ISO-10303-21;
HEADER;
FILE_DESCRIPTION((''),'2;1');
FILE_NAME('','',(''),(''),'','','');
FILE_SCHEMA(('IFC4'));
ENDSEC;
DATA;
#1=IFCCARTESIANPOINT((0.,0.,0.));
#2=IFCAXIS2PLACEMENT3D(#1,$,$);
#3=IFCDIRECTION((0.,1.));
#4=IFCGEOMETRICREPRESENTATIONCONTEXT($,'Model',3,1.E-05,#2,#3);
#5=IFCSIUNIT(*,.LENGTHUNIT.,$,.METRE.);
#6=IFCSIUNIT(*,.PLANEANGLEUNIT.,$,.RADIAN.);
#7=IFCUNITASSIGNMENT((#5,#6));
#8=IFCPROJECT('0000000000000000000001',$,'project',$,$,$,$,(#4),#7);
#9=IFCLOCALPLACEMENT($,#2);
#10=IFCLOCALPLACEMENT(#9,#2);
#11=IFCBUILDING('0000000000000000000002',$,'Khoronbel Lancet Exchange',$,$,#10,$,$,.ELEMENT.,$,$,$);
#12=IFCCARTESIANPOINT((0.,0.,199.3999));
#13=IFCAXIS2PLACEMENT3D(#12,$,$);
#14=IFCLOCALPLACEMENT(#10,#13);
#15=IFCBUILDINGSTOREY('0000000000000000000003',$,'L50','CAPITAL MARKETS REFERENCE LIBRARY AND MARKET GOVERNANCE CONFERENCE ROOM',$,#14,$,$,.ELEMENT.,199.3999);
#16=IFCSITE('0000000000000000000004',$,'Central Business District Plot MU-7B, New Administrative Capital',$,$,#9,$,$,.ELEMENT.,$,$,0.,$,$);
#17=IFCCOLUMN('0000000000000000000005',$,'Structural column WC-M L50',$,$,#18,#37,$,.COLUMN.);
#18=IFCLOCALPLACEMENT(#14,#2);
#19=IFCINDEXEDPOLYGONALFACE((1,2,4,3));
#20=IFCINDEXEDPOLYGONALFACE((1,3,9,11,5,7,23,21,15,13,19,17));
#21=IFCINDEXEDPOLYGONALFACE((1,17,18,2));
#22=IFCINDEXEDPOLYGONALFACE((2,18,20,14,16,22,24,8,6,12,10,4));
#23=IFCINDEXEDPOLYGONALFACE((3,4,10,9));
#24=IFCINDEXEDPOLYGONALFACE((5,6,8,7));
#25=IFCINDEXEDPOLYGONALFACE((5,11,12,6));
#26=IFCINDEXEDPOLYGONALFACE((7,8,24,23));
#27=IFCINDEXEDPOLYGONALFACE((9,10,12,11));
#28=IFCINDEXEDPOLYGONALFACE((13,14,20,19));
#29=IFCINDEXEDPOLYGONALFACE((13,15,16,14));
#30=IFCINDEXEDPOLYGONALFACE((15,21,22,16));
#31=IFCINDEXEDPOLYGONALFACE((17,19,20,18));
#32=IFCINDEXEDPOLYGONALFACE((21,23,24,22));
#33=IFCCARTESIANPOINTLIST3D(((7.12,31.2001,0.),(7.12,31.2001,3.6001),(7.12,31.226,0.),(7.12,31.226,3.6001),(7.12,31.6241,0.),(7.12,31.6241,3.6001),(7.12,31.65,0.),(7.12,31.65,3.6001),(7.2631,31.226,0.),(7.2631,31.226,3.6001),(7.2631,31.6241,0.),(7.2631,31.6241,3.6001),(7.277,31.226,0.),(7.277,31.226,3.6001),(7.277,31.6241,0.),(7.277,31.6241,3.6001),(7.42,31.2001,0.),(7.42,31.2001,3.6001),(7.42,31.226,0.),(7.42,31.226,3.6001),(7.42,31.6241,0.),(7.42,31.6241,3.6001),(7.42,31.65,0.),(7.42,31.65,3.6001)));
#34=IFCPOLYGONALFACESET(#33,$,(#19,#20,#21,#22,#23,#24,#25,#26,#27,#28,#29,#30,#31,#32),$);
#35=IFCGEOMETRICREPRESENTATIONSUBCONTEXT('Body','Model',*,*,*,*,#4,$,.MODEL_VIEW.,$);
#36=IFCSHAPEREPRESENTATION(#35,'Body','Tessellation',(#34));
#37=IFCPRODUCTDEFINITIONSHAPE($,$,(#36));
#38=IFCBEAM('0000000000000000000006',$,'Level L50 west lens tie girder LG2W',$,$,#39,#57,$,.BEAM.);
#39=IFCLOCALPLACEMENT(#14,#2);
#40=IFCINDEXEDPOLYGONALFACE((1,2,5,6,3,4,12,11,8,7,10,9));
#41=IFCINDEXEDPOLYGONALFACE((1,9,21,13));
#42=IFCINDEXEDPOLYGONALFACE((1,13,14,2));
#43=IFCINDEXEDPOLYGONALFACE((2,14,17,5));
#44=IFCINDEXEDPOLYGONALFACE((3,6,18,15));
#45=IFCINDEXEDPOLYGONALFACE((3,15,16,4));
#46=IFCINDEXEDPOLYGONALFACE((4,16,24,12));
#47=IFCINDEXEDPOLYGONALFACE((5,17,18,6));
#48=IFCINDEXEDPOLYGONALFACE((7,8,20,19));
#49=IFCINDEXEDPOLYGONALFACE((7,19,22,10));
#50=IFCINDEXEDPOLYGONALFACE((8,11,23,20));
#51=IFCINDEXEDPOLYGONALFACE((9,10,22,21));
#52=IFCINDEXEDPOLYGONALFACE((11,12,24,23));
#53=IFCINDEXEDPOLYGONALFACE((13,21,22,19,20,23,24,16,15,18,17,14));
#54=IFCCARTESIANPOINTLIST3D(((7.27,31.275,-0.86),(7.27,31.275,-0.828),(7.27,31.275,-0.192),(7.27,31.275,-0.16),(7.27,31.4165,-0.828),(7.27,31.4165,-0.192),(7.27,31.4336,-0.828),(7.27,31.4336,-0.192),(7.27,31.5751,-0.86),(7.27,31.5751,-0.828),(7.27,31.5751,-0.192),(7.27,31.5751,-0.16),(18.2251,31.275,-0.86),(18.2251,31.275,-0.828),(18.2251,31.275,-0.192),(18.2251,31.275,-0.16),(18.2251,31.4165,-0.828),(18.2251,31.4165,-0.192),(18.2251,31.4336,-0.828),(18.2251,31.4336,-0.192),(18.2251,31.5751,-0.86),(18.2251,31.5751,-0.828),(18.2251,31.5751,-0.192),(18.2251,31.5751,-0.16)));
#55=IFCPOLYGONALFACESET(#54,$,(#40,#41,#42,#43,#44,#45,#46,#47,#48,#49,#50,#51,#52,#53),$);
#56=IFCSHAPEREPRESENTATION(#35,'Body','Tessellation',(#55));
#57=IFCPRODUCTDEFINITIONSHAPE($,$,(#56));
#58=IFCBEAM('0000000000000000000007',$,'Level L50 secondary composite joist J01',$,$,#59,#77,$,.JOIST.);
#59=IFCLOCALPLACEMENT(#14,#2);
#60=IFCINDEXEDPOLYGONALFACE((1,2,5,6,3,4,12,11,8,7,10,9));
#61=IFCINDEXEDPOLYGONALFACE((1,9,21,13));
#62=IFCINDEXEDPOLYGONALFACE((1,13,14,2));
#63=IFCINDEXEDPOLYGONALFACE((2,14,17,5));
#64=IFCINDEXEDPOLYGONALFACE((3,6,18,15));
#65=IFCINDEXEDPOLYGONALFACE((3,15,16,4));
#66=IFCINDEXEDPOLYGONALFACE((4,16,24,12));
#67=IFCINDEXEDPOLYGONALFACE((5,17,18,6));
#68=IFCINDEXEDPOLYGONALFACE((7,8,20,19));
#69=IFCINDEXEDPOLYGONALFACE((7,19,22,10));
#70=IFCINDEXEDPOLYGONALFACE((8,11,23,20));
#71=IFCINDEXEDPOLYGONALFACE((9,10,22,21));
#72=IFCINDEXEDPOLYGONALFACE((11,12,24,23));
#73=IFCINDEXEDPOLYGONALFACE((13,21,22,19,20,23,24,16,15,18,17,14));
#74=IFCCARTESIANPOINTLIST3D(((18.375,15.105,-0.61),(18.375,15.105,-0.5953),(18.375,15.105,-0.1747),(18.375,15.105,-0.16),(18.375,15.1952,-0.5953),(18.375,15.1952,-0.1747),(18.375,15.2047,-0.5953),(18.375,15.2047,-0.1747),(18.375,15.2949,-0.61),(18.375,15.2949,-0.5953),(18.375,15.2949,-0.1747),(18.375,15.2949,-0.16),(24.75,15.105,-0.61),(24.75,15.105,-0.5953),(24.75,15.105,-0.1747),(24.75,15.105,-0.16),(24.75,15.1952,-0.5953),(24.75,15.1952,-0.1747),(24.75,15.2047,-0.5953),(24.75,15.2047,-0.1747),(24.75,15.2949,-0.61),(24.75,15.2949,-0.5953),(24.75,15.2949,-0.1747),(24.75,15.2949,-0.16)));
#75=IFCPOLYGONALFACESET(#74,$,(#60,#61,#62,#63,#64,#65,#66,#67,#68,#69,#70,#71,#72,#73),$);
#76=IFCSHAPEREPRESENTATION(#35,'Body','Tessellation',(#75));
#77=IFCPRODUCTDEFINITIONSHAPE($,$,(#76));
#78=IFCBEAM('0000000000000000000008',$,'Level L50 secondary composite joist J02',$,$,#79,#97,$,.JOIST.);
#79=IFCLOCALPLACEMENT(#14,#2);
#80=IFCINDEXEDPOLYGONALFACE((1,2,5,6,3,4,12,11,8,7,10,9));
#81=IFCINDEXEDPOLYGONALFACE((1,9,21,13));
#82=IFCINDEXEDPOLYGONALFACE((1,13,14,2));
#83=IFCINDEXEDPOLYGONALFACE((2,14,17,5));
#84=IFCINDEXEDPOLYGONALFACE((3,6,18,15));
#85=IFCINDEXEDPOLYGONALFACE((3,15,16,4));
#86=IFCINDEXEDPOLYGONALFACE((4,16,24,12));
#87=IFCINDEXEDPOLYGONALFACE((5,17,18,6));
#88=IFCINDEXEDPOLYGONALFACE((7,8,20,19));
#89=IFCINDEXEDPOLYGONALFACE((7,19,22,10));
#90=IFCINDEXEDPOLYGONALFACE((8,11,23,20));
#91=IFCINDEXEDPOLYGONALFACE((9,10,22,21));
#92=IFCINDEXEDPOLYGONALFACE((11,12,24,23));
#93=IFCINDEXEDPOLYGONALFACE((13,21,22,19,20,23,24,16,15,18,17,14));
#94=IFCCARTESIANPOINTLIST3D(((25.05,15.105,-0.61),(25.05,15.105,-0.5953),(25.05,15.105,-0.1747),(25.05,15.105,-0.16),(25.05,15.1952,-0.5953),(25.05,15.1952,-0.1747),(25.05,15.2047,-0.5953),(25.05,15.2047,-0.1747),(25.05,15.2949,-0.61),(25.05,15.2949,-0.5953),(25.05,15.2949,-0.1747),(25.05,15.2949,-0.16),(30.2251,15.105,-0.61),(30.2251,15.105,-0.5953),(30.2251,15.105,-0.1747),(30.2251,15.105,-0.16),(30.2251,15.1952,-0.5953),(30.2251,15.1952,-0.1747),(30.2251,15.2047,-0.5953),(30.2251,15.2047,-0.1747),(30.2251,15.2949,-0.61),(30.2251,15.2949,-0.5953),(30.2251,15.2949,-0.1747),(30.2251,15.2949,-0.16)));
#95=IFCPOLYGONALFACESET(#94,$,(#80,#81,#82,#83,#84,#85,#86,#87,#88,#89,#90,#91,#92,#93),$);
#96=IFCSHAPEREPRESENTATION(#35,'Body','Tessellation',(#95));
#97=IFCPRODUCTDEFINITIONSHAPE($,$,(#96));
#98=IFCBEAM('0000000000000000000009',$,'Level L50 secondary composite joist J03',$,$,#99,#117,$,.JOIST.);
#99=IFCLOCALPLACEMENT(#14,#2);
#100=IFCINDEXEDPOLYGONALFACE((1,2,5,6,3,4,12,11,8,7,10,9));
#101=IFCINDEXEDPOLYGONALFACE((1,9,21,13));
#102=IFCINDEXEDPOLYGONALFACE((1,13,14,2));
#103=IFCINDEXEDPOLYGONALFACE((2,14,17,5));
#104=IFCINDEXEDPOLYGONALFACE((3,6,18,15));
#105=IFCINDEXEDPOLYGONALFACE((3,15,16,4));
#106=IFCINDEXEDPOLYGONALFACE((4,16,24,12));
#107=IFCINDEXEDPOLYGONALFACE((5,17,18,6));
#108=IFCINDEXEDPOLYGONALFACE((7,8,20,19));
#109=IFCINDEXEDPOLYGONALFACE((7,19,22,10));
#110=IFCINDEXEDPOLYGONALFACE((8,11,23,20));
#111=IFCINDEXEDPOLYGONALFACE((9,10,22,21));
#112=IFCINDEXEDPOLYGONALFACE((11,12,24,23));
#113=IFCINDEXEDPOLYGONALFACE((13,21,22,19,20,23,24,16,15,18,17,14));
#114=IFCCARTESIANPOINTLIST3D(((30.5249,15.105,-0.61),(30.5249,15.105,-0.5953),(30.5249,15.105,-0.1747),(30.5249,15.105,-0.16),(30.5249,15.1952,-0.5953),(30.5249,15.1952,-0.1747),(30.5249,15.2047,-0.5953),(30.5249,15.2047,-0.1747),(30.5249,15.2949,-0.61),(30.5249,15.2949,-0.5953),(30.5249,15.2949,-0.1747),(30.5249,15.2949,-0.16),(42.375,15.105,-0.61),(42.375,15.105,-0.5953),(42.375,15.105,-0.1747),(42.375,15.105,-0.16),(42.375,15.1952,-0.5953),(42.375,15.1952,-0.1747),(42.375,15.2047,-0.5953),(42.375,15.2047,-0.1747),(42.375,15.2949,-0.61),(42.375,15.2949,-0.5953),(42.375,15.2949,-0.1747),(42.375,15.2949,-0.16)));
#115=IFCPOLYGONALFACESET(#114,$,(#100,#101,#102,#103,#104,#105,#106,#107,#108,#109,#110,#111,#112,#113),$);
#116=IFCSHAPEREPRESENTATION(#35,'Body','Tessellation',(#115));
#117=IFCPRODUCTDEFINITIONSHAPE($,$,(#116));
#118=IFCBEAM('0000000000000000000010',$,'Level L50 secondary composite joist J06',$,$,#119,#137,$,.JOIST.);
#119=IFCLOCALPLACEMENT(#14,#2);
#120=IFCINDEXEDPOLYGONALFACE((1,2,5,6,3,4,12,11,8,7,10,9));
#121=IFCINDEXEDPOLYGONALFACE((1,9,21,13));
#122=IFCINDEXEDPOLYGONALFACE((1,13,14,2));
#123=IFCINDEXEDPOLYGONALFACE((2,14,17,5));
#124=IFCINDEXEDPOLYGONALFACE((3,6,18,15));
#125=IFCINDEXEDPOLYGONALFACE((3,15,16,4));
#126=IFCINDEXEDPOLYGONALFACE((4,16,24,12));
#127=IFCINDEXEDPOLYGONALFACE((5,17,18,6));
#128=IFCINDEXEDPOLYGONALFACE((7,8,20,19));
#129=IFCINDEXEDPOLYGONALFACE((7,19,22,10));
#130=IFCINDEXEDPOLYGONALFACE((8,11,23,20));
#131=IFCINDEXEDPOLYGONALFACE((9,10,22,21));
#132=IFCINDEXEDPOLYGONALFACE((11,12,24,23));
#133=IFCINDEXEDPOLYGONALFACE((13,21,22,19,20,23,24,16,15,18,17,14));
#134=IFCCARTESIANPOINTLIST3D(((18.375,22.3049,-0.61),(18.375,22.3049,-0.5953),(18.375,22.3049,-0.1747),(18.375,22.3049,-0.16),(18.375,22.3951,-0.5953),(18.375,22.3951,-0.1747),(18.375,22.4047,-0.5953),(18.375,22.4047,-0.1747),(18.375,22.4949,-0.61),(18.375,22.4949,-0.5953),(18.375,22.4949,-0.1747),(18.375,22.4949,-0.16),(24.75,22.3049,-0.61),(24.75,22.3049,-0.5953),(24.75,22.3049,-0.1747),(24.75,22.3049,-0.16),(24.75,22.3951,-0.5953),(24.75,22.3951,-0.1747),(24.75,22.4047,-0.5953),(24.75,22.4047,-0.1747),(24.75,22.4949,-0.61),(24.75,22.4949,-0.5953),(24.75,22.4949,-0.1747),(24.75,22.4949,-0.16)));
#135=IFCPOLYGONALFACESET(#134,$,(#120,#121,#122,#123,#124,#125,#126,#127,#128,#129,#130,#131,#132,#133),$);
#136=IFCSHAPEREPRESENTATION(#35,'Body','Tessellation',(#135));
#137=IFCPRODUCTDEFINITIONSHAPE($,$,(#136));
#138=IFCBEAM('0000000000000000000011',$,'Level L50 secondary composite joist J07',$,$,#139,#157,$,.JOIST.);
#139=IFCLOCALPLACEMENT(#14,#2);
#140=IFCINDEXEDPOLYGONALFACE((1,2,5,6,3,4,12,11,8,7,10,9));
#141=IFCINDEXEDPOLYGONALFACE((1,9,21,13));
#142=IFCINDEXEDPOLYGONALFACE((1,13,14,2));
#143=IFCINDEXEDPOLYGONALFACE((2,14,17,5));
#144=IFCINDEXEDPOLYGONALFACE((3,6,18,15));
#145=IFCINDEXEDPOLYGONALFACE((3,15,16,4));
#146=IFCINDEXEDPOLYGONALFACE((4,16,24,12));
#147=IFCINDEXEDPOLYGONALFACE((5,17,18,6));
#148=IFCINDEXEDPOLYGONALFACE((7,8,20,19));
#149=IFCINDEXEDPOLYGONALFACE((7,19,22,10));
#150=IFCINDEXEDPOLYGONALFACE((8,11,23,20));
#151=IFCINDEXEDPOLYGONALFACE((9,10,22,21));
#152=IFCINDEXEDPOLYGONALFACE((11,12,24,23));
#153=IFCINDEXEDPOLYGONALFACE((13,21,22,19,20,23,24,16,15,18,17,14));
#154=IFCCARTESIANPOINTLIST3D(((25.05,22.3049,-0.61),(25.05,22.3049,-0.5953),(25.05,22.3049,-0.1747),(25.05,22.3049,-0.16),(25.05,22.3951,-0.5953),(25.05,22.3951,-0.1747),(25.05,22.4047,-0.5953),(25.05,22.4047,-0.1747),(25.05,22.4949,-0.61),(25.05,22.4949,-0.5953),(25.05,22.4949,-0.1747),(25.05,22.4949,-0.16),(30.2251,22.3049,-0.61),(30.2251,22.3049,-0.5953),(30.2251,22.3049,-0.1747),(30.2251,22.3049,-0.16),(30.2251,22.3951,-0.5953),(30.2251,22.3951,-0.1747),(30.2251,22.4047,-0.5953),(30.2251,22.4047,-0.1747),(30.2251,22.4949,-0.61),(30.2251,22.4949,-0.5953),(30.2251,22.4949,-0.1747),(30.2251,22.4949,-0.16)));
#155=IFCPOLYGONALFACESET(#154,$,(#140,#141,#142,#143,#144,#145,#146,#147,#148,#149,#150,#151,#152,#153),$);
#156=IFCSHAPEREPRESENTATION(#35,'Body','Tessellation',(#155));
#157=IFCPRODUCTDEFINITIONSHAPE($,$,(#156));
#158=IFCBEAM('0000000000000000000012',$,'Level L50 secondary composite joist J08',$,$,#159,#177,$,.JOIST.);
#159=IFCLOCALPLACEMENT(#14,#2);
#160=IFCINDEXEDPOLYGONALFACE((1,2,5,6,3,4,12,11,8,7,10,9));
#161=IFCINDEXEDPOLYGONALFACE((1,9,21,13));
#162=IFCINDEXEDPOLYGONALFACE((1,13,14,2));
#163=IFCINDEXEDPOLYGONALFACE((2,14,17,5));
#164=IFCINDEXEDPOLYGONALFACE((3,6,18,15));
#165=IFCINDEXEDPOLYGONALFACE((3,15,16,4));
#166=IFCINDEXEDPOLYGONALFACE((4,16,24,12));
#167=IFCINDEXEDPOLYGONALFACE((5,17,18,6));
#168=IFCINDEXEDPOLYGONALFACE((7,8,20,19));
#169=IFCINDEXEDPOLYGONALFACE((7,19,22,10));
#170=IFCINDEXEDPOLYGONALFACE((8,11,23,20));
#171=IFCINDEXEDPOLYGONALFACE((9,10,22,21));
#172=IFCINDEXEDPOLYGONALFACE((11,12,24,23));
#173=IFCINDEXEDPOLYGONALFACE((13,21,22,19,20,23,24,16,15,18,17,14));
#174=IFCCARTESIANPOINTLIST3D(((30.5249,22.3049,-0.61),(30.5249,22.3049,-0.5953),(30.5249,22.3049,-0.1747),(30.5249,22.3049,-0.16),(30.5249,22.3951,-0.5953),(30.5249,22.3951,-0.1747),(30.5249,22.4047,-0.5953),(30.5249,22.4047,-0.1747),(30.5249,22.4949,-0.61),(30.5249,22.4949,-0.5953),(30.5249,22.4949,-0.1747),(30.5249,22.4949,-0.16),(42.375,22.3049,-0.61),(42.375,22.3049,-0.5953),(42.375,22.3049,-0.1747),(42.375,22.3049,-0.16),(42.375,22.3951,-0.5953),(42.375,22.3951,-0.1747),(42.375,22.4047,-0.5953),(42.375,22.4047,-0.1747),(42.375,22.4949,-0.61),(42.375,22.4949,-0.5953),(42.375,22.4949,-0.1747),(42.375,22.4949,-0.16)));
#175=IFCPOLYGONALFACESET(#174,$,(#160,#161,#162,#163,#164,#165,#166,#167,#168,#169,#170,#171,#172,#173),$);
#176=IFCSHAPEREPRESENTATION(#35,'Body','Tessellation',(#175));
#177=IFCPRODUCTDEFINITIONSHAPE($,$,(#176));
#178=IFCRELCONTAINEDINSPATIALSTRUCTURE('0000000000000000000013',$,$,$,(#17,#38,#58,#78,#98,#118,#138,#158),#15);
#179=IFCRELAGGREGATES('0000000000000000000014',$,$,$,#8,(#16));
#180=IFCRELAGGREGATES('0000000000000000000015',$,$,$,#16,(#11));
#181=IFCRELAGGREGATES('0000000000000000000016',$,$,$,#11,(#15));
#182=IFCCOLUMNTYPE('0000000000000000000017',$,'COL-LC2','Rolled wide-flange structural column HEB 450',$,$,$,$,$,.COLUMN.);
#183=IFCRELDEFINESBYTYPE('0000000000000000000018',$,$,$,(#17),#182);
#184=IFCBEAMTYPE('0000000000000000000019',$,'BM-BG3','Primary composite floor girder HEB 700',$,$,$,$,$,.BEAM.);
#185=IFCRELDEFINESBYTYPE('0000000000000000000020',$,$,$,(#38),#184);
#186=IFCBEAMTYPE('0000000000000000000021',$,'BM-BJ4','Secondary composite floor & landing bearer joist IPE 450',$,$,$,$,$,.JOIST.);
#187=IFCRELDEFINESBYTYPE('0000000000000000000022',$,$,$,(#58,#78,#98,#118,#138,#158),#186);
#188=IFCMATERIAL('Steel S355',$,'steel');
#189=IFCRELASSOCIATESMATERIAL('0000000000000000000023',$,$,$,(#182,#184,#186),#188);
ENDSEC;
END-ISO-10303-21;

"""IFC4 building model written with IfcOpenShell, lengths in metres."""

from ifc_helpers import new_model, si_unit, direction, frame, origin, origin_2d, place, context, subcontext, project, spatial, i_section, extrude, material, material_profile, profile_set, type_object, element, save


model = new_model("IFC4")

# Units and contexts
model_context = context("Model", 3, precision=1e-05, world=origin(), true_north=direction((0.0, 1.0)))
body_context = subcontext(model_context, "Body", "Model", "MODEL_VIEW")
ifc_project = project(units=[si_unit("LENGTHUNIT", "METRE"), si_unit("PLANEANGLEUNIT", "RADIAN")], contexts=[model_context])

# Site, building, storey
site_placement = place(None, origin())
site = spatial("IfcSite", under=ifc_project, at=site_placement, Name="Central Business District Plot MU-7B, New Administrative Capital", CompositionType="ELEMENT", RefElevation=0.0)
building_placement = place(site_placement, origin())
building = spatial("IfcBuilding", under=site, at=building_placement, Name="Khoronbel Lancet Exchange", CompositionType="ELEMENT")
storey_placement = place(building_placement, frame((0.0, 0.0, 199.3999)))
storey = spatial("IfcBuildingStorey", under=building, at=storey_placement, Name="L50", Description="CAPITAL MARKETS REFERENCE LIBRARY AND MARKET GOVERNANCE CONFERENCE ROOM", CompositionType="ELEMENT", Elevation=199.3999)

# Column
ifc_material_1 = material(Name="Steel S355", Category="steel")
ifc_material_profile_1 = material_profile(ifc_material_1, i_section(OverallWidth=0.3, OverallDepth=0.45, WebThickness=0.0139, FlangeThickness=0.0259, at=origin_2d()), Name="HEB 450")
ifc_profile_set_1 = profile_set([ifc_material_profile_1], Name="Steel S355")
column_type = type_object("IfcColumnType", Name="COL-LC2", Description="Rolled wide-flange structural column HEB 450", PredefinedType="COLUMN", material=ifc_profile_set_1)
column_placement = place(storey_placement, frame((7.27, 31.425, 0.0), z_axis=(0.0, 0.0, 1.0), x_axis=(1.0, 0.0, 0.0)))
element("IfcColumn", 1, at=column_placement, inside=storey, type_object=column_type, Name="Structural column WC-M L50", PredefinedType="COLUMN", context=body_context, shape_type="SweptSolid", body=[
    extrude(i_section(OverallWidth=0.3, OverallDepth=0.45, WebThickness=0.0139, FlangeThickness=0.0259, at=origin_2d()), origin(), (0.0, 0.0, 1.0), 3.6001),
])

# Beams
ifc_material_profile_2 = material_profile(ifc_material_1, i_section(OverallWidth=0.3, OverallDepth=0.7, WebThickness=0.0171, FlangeThickness=0.032, at=origin_2d()), Name="HEB 700")
ifc_profile_set_2 = profile_set([ifc_material_profile_2], Name="Steel S355")
beam_type_1 = type_object("IfcBeamType", Name="BM-BG3", Description="Primary composite floor girder HEB 700", PredefinedType="BEAM", material=ifc_profile_set_2)
beam_1_placement = place(storey_placement, frame((7.27, 31.425, -0.51), z_axis=(1.0, 0.0, 0.0), x_axis=(0.0, 1.0, 0.0)))
element("IfcBeam", 2, at=beam_1_placement, inside=storey, type_object=beam_type_1, Name="Level L50 west lens tie girder LG2W", PredefinedType="BEAM", context=body_context, shape_type="SweptSolid", body=[
    extrude(i_section(OverallWidth=0.3, OverallDepth=0.7, WebThickness=0.0171, FlangeThickness=0.032, at=origin_2d()), origin(), (0.0, 0.0, 1.0), 10.9551),
])
ifc_material_profile_3 = material_profile(ifc_material_1, i_section(OverallWidth=0.1899, OverallDepth=0.45, WebThickness=0.0095, FlangeThickness=0.0146, at=origin_2d()), Name="IPE 450")
ifc_profile_set_3 = profile_set([ifc_material_profile_3], Name="Steel S355")
beam_type_2 = type_object("IfcBeamType", Name="BM-BJ4", Description="Secondary composite floor & landing bearer joist IPE 450", PredefinedType="JOIST", material=ifc_profile_set_3)
beam_2_placement = place(storey_placement, frame((18.375, 15.2, -0.385), z_axis=(1.0, 0.0, 0.0), x_axis=(0.0, 1.0, 0.0)))
element("IfcBeam", 3, at=beam_2_placement, inside=storey, type_object=beam_type_2, Name="Level L50 secondary composite joist J01", PredefinedType="JOIST", context=body_context, shape_type="SweptSolid", body=[
    extrude(i_section(OverallWidth=0.1899, OverallDepth=0.45, WebThickness=0.0095, FlangeThickness=0.0146, at=origin_2d()), origin(), (0.0, 0.0, 1.0), 6.375),
])
beam_3_placement = place(storey_placement, frame((25.05, 15.2, -0.385), z_axis=(1.0, 0.0, 0.0), x_axis=(0.0, 1.0, 0.0)))
element("IfcBeam", 4, at=beam_3_placement, inside=storey, type_object=beam_type_2, Name="Level L50 secondary composite joist J02", PredefinedType="JOIST", context=body_context, shape_type="SweptSolid", body=[
    extrude(i_section(OverallWidth=0.1899, OverallDepth=0.45, WebThickness=0.0095, FlangeThickness=0.0146, at=origin_2d()), origin(), (0.0, 0.0, 1.0), 5.175),
])
beam_4_placement = place(storey_placement, frame((30.5249, 15.2, -0.385), z_axis=(1.0, 0.0, 0.0), x_axis=(0.0, 1.0, 0.0)))
element("IfcBeam", 5, at=beam_4_placement, inside=storey, type_object=beam_type_2, Name="Level L50 secondary composite joist J03", PredefinedType="JOIST", context=body_context, shape_type="SweptSolid", body=[
    extrude(i_section(OverallWidth=0.1899, OverallDepth=0.45, WebThickness=0.0095, FlangeThickness=0.0146, at=origin_2d()), origin(), (0.0, 0.0, 1.0), 11.8501),
])
beam_5_placement = place(storey_placement, frame((18.375, 22.3999, -0.385), z_axis=(1.0, 0.0, 0.0), x_axis=(0.0, 1.0, 0.0)))
element("IfcBeam", 6, at=beam_5_placement, inside=storey, type_object=beam_type_2, Name="Level L50 secondary composite joist J06", PredefinedType="JOIST", context=body_context, shape_type="SweptSolid", body=[
    extrude(i_section(OverallWidth=0.1899, OverallDepth=0.45, WebThickness=0.0095, FlangeThickness=0.0146, at=origin_2d()), origin(), (0.0, 0.0, 1.0), 6.375),
])
beam_6_placement = place(storey_placement, frame((25.05, 22.3999, -0.385), z_axis=(1.0, 0.0, 0.0), x_axis=(0.0, 1.0, 0.0)))
element("IfcBeam", 7, at=beam_6_placement, inside=storey, type_object=beam_type_2, Name="Level L50 secondary composite joist J07", PredefinedType="JOIST", context=body_context, shape_type="SweptSolid", body=[
    extrude(i_section(OverallWidth=0.1899, OverallDepth=0.45, WebThickness=0.0095, FlangeThickness=0.0146, at=origin_2d()), origin(), (0.0, 0.0, 1.0), 5.175),
])
beam_7_placement = place(storey_placement, frame((30.5249, 22.3999, -0.385), z_axis=(1.0, 0.0, 0.0), x_axis=(0.0, 1.0, 0.0)))
element("IfcBeam", 8, at=beam_7_placement, inside=storey, type_object=beam_type_2, Name="Level L50 secondary composite joist J08", PredefinedType="JOIST", context=body_context, shape_type="SweptSolid", body=[
    extrude(i_section(OverallWidth=0.1899, OverallDepth=0.45, WebThickness=0.0095, FlangeThickness=0.0146, at=origin_2d()), origin(), (0.0, 0.0, 1.0), 11.8501),
])

save(model, "model.ifc")
